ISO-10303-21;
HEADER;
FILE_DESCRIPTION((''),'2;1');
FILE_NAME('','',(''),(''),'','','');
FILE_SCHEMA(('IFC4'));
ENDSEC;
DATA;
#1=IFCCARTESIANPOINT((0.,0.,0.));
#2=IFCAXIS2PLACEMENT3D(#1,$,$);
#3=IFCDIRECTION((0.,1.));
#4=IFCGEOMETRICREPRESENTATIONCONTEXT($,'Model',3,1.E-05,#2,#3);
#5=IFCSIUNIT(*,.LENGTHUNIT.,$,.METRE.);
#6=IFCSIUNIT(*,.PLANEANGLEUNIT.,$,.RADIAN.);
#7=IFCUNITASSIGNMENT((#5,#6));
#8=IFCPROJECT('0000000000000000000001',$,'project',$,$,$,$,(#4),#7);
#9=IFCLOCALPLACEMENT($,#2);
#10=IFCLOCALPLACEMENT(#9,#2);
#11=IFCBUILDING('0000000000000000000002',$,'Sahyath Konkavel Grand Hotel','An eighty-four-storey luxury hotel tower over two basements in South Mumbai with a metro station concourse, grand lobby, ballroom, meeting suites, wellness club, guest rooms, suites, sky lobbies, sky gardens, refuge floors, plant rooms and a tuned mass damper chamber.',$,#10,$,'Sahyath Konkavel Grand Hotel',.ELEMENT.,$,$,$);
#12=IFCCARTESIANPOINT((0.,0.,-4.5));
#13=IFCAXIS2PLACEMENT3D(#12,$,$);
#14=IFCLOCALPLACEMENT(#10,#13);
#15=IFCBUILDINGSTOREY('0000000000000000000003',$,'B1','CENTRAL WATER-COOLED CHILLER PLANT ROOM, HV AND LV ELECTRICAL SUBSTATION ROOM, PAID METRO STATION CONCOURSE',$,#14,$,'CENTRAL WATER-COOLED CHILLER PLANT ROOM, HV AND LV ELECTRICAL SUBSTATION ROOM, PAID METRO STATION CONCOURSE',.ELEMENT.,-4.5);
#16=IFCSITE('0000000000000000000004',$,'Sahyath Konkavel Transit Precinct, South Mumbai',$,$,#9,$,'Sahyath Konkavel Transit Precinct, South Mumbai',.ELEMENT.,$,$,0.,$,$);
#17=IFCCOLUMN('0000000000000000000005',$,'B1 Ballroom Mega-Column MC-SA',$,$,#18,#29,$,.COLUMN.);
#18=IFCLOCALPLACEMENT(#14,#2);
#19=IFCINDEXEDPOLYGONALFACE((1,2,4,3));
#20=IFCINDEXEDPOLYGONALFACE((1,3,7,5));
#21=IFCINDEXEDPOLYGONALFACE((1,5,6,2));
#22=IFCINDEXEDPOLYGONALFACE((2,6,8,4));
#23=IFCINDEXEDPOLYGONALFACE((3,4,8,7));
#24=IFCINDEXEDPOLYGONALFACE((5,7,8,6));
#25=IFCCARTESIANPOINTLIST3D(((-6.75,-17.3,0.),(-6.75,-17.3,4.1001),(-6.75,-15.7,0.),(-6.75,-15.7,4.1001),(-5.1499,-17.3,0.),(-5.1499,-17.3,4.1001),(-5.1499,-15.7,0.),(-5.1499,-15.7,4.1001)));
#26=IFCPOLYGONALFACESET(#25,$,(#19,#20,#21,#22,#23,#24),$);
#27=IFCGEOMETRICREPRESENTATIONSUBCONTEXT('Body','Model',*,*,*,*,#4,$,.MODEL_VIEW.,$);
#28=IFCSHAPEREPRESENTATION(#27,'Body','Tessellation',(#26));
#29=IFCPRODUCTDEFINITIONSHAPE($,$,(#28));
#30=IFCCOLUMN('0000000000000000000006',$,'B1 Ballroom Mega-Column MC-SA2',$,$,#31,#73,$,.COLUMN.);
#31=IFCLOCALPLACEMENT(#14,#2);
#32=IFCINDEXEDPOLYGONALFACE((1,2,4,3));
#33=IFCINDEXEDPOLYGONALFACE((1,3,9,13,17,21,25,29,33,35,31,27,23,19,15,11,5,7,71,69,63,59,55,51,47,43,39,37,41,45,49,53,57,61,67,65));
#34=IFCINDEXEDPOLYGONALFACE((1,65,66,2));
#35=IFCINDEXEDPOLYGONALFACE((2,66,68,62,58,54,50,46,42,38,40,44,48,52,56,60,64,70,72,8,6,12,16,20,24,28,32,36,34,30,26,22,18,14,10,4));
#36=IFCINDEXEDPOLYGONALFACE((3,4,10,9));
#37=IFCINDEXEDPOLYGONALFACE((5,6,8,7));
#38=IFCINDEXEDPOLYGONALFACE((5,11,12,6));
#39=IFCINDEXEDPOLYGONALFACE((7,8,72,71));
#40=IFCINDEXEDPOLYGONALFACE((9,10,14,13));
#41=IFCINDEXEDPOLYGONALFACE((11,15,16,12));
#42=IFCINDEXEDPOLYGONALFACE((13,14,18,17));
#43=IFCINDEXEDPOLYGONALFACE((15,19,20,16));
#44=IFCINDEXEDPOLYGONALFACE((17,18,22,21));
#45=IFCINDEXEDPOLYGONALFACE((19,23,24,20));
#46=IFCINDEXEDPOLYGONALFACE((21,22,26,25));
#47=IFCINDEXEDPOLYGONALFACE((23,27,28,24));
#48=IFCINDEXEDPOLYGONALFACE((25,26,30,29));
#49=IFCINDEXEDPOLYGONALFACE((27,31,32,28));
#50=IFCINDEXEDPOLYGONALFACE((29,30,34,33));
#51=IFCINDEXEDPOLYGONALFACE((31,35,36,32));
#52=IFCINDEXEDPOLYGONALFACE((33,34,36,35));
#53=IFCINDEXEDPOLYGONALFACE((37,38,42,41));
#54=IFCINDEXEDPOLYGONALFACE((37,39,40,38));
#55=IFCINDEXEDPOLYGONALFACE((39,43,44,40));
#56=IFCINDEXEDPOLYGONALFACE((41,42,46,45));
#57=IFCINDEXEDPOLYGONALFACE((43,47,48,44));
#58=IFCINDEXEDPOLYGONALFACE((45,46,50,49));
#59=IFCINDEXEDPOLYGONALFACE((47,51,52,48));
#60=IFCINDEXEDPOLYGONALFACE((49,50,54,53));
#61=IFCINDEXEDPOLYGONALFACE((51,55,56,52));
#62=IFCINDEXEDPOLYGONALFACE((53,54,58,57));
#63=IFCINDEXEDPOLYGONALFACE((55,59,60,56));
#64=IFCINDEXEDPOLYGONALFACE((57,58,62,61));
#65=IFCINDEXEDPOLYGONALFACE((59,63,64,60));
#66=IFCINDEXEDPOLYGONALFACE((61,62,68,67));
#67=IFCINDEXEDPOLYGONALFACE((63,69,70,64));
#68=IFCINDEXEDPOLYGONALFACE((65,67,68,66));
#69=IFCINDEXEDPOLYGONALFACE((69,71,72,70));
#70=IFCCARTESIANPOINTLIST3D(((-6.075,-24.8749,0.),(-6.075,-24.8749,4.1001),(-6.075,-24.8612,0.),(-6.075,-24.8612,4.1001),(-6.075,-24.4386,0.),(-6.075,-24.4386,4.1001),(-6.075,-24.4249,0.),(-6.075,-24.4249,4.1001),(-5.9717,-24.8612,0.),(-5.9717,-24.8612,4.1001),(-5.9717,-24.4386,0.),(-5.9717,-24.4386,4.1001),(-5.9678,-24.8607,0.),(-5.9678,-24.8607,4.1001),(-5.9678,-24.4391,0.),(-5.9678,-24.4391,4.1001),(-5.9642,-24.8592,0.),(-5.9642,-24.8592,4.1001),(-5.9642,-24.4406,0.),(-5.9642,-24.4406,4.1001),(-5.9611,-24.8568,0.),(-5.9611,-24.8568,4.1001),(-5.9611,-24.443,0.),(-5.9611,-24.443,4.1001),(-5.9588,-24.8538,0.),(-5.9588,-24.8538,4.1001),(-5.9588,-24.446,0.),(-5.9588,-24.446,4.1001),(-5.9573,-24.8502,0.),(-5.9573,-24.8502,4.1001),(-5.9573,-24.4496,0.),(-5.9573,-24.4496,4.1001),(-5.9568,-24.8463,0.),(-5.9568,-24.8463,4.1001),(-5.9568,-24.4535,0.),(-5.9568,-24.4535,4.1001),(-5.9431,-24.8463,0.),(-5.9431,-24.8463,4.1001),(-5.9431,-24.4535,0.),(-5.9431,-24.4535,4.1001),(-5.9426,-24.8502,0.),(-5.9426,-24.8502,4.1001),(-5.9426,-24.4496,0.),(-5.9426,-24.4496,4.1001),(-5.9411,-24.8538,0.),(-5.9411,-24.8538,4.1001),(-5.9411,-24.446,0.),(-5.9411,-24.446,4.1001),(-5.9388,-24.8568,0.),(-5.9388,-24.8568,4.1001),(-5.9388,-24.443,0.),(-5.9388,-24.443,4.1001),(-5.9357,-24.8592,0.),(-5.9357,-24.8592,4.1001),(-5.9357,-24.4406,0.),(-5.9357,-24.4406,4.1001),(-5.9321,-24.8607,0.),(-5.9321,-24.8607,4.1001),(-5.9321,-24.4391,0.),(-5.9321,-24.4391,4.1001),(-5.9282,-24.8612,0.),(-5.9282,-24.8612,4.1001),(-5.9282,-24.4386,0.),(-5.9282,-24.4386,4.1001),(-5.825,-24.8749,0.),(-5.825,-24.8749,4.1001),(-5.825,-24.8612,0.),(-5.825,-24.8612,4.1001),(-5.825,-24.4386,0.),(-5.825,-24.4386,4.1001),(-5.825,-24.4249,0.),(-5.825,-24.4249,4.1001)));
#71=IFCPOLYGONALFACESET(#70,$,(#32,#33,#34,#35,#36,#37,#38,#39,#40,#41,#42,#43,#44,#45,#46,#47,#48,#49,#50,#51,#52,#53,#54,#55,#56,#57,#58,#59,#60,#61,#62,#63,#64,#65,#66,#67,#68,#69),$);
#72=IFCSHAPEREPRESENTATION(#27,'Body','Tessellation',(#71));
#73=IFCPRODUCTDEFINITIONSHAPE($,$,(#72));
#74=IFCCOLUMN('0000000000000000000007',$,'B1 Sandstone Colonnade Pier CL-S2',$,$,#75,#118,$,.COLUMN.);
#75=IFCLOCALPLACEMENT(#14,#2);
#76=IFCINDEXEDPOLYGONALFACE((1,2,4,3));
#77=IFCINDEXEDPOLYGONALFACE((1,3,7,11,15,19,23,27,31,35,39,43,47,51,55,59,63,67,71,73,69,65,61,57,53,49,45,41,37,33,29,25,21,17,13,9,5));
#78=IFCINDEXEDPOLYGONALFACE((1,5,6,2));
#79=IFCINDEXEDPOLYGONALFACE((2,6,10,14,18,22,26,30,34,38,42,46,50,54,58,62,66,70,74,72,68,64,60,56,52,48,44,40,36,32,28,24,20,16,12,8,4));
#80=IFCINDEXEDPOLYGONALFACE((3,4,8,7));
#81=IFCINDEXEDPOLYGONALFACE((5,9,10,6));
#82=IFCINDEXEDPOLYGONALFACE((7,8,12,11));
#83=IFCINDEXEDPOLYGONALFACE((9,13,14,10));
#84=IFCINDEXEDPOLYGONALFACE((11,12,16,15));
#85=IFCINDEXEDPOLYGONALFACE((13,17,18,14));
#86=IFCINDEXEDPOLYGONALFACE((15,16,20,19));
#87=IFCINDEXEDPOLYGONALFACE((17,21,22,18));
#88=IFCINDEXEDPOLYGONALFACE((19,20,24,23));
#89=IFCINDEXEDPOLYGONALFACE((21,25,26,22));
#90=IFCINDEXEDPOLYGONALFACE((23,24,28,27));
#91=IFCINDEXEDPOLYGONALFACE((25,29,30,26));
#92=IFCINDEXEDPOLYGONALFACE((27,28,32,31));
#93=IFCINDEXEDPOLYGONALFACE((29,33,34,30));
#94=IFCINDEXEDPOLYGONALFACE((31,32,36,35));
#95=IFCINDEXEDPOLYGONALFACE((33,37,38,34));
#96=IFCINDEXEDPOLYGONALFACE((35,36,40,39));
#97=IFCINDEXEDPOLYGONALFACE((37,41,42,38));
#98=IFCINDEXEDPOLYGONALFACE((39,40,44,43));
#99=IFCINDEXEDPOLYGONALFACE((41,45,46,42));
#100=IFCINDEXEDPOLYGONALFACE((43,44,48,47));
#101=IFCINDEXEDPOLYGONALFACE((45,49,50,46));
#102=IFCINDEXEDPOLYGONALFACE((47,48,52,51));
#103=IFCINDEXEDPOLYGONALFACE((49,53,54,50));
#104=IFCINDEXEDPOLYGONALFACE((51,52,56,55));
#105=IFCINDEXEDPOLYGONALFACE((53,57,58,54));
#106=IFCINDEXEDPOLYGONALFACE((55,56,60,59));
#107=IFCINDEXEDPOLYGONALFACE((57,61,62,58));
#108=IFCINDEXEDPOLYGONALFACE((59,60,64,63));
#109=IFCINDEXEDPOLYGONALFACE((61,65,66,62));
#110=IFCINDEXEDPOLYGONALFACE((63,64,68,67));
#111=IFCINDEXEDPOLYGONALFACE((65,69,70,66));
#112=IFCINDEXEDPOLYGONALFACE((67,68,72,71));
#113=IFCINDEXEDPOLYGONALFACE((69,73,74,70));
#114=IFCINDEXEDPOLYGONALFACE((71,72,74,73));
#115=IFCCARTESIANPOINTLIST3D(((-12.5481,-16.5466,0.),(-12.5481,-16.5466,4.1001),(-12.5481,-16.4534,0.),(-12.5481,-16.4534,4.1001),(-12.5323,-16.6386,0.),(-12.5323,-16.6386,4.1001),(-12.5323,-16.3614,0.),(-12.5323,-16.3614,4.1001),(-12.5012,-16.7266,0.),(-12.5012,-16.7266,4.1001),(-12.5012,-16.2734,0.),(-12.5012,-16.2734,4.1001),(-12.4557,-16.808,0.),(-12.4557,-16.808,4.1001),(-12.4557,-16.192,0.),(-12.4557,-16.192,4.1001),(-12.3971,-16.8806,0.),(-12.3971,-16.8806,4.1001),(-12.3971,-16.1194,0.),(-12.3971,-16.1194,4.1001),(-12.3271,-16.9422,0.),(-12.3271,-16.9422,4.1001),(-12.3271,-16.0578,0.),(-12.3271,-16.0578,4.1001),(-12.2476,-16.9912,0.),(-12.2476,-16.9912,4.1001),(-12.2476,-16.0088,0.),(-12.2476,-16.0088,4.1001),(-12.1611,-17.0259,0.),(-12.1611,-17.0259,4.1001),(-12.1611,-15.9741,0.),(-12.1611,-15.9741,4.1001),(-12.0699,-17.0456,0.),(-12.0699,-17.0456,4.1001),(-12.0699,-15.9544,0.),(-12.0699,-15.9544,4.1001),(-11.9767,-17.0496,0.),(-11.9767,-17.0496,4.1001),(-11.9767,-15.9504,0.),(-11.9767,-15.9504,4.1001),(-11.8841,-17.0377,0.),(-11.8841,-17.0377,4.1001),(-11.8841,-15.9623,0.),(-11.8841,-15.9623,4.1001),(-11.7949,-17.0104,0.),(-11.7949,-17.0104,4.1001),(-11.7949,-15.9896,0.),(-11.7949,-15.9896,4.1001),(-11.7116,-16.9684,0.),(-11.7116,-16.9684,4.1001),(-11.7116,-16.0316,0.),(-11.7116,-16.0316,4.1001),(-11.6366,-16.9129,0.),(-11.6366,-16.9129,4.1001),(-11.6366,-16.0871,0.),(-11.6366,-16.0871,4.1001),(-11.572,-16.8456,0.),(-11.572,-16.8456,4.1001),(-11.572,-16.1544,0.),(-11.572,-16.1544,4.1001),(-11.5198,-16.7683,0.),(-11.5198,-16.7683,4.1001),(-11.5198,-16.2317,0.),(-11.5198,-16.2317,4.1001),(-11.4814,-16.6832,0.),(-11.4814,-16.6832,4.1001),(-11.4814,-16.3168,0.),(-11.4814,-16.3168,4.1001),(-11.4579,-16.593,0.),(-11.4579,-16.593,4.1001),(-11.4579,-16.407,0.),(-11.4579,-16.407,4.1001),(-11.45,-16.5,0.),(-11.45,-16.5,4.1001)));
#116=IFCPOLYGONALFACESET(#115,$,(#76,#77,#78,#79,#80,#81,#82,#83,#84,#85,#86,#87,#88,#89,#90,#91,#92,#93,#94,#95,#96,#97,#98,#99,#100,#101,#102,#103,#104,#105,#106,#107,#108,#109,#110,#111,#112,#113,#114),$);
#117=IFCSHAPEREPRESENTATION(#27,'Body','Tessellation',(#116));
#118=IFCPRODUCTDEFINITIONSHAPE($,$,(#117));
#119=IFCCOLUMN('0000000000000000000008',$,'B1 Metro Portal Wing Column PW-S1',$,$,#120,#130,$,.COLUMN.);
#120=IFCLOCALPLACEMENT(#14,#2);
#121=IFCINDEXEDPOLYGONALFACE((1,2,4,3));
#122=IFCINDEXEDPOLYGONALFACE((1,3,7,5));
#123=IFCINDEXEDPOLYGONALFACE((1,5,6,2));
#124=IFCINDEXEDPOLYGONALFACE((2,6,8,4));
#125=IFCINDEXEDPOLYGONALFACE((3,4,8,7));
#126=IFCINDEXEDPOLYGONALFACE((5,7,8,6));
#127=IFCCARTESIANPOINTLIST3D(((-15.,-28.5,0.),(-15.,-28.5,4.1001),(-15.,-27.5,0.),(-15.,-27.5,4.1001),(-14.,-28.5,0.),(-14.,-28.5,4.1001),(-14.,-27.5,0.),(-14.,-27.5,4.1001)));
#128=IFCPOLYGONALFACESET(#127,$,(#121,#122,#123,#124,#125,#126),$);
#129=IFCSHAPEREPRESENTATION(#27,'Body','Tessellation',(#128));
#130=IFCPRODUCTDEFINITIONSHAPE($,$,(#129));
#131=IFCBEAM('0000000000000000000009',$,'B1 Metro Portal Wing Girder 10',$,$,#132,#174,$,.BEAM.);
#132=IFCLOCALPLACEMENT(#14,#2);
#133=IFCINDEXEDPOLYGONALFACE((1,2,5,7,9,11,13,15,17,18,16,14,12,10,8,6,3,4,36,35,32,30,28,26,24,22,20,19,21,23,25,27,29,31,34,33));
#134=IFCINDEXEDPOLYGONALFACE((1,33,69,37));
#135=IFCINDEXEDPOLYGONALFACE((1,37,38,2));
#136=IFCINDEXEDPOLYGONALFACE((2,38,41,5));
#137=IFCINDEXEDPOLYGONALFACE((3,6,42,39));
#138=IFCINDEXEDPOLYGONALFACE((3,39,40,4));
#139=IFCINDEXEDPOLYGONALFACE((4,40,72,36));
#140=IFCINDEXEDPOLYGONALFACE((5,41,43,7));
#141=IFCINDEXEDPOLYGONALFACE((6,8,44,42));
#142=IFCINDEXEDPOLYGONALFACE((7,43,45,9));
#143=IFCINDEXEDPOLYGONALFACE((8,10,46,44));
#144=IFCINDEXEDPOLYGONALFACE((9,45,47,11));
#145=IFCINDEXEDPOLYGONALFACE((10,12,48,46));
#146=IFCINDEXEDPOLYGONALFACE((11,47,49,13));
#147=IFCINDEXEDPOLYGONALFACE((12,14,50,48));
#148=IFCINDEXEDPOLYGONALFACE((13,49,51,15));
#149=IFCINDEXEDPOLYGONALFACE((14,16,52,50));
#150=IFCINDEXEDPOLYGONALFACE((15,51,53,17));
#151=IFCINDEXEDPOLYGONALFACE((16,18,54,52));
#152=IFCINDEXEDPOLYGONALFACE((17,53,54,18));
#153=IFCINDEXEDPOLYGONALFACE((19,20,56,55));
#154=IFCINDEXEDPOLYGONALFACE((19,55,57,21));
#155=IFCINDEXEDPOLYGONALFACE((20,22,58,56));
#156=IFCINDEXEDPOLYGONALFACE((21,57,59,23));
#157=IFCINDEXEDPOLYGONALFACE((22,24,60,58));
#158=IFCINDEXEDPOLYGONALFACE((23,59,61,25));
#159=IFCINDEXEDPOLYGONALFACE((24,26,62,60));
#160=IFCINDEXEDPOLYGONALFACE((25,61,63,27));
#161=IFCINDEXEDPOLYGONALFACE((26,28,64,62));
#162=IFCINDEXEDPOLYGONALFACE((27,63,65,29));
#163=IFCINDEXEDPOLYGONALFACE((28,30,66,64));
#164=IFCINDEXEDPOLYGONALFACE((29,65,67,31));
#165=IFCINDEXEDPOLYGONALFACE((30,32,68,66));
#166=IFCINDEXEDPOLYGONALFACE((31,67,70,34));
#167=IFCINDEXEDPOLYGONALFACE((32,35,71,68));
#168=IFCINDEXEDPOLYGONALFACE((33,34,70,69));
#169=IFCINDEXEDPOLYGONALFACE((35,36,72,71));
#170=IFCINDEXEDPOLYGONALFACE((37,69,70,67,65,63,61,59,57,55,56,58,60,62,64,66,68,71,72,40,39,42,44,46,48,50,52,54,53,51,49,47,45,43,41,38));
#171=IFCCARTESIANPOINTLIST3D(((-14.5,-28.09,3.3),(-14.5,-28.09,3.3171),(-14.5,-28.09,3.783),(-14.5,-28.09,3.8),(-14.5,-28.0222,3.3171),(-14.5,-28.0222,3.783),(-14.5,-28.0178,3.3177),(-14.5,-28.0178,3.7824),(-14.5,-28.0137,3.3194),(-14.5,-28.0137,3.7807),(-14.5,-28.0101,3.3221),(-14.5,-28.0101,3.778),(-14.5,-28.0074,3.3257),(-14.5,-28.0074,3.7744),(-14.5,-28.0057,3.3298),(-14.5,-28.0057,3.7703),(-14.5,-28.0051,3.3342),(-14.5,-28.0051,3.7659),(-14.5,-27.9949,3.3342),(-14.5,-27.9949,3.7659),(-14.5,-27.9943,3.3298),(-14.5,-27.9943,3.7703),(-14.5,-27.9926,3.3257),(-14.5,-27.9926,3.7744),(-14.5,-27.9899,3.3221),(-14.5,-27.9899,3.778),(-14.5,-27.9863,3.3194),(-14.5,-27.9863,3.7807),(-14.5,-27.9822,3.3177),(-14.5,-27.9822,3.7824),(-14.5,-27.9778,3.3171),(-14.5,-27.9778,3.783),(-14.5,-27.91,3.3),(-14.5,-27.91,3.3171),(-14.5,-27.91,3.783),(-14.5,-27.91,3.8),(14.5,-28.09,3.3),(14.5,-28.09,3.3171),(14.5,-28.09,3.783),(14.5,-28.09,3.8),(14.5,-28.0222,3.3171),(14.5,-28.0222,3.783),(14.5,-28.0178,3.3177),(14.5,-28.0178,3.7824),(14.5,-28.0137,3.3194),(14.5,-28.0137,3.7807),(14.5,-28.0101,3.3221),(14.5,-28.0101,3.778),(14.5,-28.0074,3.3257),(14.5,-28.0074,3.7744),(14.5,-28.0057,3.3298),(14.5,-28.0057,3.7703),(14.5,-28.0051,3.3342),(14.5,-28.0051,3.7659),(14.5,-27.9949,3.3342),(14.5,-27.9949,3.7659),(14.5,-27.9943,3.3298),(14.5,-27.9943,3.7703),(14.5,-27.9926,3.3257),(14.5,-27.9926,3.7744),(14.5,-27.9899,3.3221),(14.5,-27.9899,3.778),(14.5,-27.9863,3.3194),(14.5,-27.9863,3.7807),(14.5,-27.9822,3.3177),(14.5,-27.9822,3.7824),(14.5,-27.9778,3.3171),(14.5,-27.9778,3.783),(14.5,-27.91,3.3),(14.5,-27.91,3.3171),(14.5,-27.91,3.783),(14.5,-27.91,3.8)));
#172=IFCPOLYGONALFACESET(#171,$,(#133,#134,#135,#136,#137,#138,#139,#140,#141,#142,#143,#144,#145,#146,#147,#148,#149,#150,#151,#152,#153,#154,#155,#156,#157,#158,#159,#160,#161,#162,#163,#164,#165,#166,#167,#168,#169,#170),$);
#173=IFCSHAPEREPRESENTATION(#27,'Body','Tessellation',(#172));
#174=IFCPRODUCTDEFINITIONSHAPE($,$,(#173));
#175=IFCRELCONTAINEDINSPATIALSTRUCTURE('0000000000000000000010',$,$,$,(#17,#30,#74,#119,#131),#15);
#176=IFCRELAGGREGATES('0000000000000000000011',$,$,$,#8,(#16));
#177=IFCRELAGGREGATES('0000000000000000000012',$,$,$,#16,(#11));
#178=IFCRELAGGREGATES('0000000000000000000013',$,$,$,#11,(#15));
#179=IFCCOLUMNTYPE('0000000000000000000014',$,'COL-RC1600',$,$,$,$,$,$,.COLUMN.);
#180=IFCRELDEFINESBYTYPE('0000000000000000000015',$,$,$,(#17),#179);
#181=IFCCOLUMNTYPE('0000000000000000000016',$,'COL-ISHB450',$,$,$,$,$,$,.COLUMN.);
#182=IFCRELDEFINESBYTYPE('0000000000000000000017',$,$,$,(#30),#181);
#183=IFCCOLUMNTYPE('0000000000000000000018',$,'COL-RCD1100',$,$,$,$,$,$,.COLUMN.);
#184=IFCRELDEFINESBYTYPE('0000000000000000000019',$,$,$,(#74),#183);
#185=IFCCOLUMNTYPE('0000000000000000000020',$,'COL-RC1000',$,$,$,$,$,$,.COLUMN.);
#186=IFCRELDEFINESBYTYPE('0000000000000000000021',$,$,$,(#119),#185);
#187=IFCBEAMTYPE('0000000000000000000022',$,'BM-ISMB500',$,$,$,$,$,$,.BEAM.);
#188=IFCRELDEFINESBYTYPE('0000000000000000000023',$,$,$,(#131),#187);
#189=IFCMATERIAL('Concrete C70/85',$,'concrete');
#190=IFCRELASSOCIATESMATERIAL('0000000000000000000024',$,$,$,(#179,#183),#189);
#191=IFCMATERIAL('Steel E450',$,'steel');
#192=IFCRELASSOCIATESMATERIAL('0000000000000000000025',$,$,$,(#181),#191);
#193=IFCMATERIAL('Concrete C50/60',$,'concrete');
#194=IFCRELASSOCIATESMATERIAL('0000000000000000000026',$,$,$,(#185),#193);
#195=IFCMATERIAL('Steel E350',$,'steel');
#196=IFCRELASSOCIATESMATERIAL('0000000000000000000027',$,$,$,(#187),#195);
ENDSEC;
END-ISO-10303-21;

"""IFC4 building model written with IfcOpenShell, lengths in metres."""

from ifc_helpers import new_model, si_unit, direction, frame, origin, origin_2d, place, context, subcontext, project, spatial, rectangle, circle, i_section, extrude, source, transform, mapped, material, material_profile, profile_set, type_object, element, save


model = new_model("IFC4")

# Units and contexts
model_context = context("Model", 3, precision=1e-05, world=origin(), true_north=direction((0.0, 1.0)))
body_context = subcontext(model_context, "Body", "Model", "MODEL_VIEW")
ifc_project = project(units=[si_unit("LENGTHUNIT", "METRE"), si_unit("PLANEANGLEUNIT", "RADIAN")], contexts=[model_context])

# Site, building, storey
site_placement = place(None, origin())
site = spatial("IfcSite", under=ifc_project, at=site_placement, Name="Sahyath Konkavel Transit Precinct, South Mumbai", LongName="Sahyath Konkavel Transit Precinct, South Mumbai", CompositionType="ELEMENT", RefElevation=0.0)
building_placement = place(site_placement, origin())
building = spatial("IfcBuilding", under=site, at=building_placement, Name="Sahyath Konkavel Grand Hotel", Description="An eighty-four-storey luxury hotel tower over two basements in South Mumbai with a metro station concourse, grand lobby, ballroom, meeting suites, wellness club, guest rooms, suites, sky lobbies, sky gardens, refuge floors, plant rooms and a tuned mass damper chamber.", LongName="Sahyath Konkavel Grand Hotel", CompositionType="ELEMENT")
storey_placement = place(building_placement, frame((0.0, 0.0, -4.5)))
storey = spatial("IfcBuildingStorey", under=building, at=storey_placement, Name="B1", Description="CENTRAL WATER-COOLED CHILLER PLANT ROOM, HV AND LV ELECTRICAL SUBSTATION ROOM, PAID METRO STATION CONCOURSE", LongName="CENTRAL WATER-COOLED CHILLER PLANT ROOM, HV AND LV ELECTRICAL SUBSTATION ROOM, PAID METRO STATION CONCOURSE", CompositionType="ELEMENT", Elevation=-4.5)

# Columns
ifc_material_1 = material(Name="Concrete C70/85", Category="concrete")
ifc_material_profile_1 = material_profile(ifc_material_1, rectangle(XDim=1.6001, YDim=1.6001, at=origin_2d()), Name="RC 1600x1600")
ifc_profile_set_1 = profile_set([ifc_material_profile_1], Name="Concrete C70/85")
column_type_1 = type_object("IfcColumnType", Name="COL-RC1600", PredefinedType="COLUMN", material=ifc_profile_set_1)
shared_shape_1 = source(origin(), body_context, "Body", "SweptSolid", [
    extrude(rectangle(XDim=1.6001, YDim=1.6001, at=origin_2d()), origin(), (0.0, 0.0, 1.0), 4.1001),
])
column_1_placement = place(storey_placement, frame((-5.95, -16.5, 0.0), z_axis=(0.0, 0.0, 1.0), x_axis=(1.0, 0.0, 0.0)))
element("IfcColumn", 1, at=column_1_placement, inside=storey, type_object=column_type_1, Name="B1 Ballroom Mega-Column MC-SA", PredefinedType="COLUMN", context=body_context, shape_type="MappedRepresentation", body=[
    mapped(shared_shape_1, transform((0.0, 0.0, 0.0), scale=1.0)),
])
ifc_material_2 = material(Name="Steel E450", Category="steel")
ifc_material_profile_2 = material_profile(ifc_material_2, i_section(OverallWidth=0.25, OverallDepth=0.45, WebThickness=0.0137, FlangeThickness=0.0137, FilletRadius=0.0149, at=origin_2d()), Name="ISHB 450")
ifc_profile_set_2 = profile_set([ifc_material_profile_2], Name="Steel E450")
column_type_2 = type_object("IfcColumnType", Name="COL-ISHB450", PredefinedType="COLUMN", material=ifc_profile_set_2)
shared_shape_2 = source(origin(), body_context, "Body", "SweptSolid", [
    extrude(i_section(OverallWidth=0.25, OverallDepth=0.45, WebThickness=0.0137, FlangeThickness=0.0137, FilletRadius=0.0149, at=origin_2d()), origin(), (0.0, 0.0, 1.0), 4.1001),
])
column_2_placement = place(storey_placement, frame((-5.95, -24.6499, 0.0), z_axis=(0.0, 0.0, 1.0), x_axis=(1.0, 0.0, 0.0)))
element("IfcColumn", 2, at=column_2_placement, inside=storey, type_object=column_type_2, Name="B1 Ballroom Mega-Column MC-SA2", PredefinedType="COLUMN", context=body_context, shape_type="MappedRepresentation", body=[
    mapped(shared_shape_2, transform((0.0, 0.0, 0.0), scale=1.0)),
])
ifc_material_profile_3 = material_profile(ifc_material_1, circle(Radius=0.55, at=origin_2d()), Name="RC D1100")
ifc_profile_set_3 = profile_set([ifc_material_profile_3], Name="Concrete C70/85")
column_type_3 = type_object("IfcColumnType", Name="COL-RCD1100", PredefinedType="COLUMN", material=ifc_profile_set_3)
shared_shape_3 = source(origin(), body_context, "Body", "SweptSolid", [
    extrude(circle(Radius=0.55, at=origin_2d()), origin(), (0.0, 0.0, 1.0), 4.1001),
])
column_3_placement = place(storey_placement, frame((-12.0, -16.5, 0.0), z_axis=(0.0, 0.0, 1.0), x_axis=(1.0, 0.0, 0.0)))
element("IfcColumn", 3, at=column_3_placement, inside=storey, type_object=column_type_3, Name="B1 Sandstone Colonnade Pier CL-S2", PredefinedType="COLUMN", context=body_context, shape_type="MappedRepresentation", body=[
    mapped(shared_shape_3, transform((0.0, 0.0, 0.0), scale=1.0)),
])
ifc_material_3 = material(Name="Concrete C50/60", Category="concrete")
ifc_material_profile_4 = material_profile(ifc_material_3, rectangle(XDim=1.0, YDim=1.0, at=origin_2d()), Name="RC 1000x1000")
ifc_profile_set_4 = profile_set([ifc_material_profile_4], Name="Concrete C50/60")
column_type_4 = type_object("IfcColumnType", Name="COL-RC1000", PredefinedType="COLUMN", material=ifc_profile_set_4)
shared_shape_4 = source(origin(), body_context, "Body", "SweptSolid", [
    extrude(rectangle(XDim=1.0, YDim=1.0, at=origin_2d()), origin(), (0.0, 0.0, 1.0), 4.1001),
])
column_4_placement = place(storey_placement, frame((-14.5, -28.0, 0.0), z_axis=(0.0, 0.0, 1.0), x_axis=(1.0, 0.0, 0.0)))
element("IfcColumn", 4, at=column_4_placement, inside=storey, type_object=column_type_4, Name="B1 Metro Portal Wing Column PW-S1", PredefinedType="COLUMN", context=body_context, shape_type="MappedRepresentation", body=[
    mapped(shared_shape_4, transform((0.0, 0.0, 0.0), scale=1.0)),
])

# Beam
ifc_material_4 = material(Name="Steel E350", Category="steel")
ifc_material_profile_5 = material_profile(ifc_material_4, i_section(OverallWidth=0.1799, OverallDepth=0.5, WebThickness=0.0103, FlangeThickness=0.0171, FilletRadius=0.0171, at=origin_2d()), Name="ISMB 500")
ifc_profile_set_5 = profile_set([ifc_material_profile_5], Name="Steel E350")
beam_type_1 = type_object("IfcBeamType", Name="BM-ISMB500", PredefinedType="BEAM", material=ifc_profile_set_5)
shared_shape_5 = source(origin(), body_context, "Body", "SweptSolid", [
    extrude(i_section(OverallWidth=0.1799, OverallDepth=0.5, WebThickness=0.0103, FlangeThickness=0.0171, FilletRadius=0.0171, at=origin_2d()), origin(), (0.0, 0.0, 1.0), 29.0),
])
beam_1_placement = place(storey_placement, frame((-14.5, -28.0, 3.55), z_axis=(1.0, 0.0, 0.0), x_axis=(0.0, 1.0, 0.0)))
element("IfcBeam", 5, at=beam_1_placement, inside=storey, type_object=beam_type_1, Name="B1 Metro Portal Wing Girder 10", PredefinedType="BEAM", context=body_context, shape_type="MappedRepresentation", body=[
    mapped(shared_shape_5, transform((0.0, 0.0, 0.0), scale=1.0)),
])

save(model, "model.ifc")
